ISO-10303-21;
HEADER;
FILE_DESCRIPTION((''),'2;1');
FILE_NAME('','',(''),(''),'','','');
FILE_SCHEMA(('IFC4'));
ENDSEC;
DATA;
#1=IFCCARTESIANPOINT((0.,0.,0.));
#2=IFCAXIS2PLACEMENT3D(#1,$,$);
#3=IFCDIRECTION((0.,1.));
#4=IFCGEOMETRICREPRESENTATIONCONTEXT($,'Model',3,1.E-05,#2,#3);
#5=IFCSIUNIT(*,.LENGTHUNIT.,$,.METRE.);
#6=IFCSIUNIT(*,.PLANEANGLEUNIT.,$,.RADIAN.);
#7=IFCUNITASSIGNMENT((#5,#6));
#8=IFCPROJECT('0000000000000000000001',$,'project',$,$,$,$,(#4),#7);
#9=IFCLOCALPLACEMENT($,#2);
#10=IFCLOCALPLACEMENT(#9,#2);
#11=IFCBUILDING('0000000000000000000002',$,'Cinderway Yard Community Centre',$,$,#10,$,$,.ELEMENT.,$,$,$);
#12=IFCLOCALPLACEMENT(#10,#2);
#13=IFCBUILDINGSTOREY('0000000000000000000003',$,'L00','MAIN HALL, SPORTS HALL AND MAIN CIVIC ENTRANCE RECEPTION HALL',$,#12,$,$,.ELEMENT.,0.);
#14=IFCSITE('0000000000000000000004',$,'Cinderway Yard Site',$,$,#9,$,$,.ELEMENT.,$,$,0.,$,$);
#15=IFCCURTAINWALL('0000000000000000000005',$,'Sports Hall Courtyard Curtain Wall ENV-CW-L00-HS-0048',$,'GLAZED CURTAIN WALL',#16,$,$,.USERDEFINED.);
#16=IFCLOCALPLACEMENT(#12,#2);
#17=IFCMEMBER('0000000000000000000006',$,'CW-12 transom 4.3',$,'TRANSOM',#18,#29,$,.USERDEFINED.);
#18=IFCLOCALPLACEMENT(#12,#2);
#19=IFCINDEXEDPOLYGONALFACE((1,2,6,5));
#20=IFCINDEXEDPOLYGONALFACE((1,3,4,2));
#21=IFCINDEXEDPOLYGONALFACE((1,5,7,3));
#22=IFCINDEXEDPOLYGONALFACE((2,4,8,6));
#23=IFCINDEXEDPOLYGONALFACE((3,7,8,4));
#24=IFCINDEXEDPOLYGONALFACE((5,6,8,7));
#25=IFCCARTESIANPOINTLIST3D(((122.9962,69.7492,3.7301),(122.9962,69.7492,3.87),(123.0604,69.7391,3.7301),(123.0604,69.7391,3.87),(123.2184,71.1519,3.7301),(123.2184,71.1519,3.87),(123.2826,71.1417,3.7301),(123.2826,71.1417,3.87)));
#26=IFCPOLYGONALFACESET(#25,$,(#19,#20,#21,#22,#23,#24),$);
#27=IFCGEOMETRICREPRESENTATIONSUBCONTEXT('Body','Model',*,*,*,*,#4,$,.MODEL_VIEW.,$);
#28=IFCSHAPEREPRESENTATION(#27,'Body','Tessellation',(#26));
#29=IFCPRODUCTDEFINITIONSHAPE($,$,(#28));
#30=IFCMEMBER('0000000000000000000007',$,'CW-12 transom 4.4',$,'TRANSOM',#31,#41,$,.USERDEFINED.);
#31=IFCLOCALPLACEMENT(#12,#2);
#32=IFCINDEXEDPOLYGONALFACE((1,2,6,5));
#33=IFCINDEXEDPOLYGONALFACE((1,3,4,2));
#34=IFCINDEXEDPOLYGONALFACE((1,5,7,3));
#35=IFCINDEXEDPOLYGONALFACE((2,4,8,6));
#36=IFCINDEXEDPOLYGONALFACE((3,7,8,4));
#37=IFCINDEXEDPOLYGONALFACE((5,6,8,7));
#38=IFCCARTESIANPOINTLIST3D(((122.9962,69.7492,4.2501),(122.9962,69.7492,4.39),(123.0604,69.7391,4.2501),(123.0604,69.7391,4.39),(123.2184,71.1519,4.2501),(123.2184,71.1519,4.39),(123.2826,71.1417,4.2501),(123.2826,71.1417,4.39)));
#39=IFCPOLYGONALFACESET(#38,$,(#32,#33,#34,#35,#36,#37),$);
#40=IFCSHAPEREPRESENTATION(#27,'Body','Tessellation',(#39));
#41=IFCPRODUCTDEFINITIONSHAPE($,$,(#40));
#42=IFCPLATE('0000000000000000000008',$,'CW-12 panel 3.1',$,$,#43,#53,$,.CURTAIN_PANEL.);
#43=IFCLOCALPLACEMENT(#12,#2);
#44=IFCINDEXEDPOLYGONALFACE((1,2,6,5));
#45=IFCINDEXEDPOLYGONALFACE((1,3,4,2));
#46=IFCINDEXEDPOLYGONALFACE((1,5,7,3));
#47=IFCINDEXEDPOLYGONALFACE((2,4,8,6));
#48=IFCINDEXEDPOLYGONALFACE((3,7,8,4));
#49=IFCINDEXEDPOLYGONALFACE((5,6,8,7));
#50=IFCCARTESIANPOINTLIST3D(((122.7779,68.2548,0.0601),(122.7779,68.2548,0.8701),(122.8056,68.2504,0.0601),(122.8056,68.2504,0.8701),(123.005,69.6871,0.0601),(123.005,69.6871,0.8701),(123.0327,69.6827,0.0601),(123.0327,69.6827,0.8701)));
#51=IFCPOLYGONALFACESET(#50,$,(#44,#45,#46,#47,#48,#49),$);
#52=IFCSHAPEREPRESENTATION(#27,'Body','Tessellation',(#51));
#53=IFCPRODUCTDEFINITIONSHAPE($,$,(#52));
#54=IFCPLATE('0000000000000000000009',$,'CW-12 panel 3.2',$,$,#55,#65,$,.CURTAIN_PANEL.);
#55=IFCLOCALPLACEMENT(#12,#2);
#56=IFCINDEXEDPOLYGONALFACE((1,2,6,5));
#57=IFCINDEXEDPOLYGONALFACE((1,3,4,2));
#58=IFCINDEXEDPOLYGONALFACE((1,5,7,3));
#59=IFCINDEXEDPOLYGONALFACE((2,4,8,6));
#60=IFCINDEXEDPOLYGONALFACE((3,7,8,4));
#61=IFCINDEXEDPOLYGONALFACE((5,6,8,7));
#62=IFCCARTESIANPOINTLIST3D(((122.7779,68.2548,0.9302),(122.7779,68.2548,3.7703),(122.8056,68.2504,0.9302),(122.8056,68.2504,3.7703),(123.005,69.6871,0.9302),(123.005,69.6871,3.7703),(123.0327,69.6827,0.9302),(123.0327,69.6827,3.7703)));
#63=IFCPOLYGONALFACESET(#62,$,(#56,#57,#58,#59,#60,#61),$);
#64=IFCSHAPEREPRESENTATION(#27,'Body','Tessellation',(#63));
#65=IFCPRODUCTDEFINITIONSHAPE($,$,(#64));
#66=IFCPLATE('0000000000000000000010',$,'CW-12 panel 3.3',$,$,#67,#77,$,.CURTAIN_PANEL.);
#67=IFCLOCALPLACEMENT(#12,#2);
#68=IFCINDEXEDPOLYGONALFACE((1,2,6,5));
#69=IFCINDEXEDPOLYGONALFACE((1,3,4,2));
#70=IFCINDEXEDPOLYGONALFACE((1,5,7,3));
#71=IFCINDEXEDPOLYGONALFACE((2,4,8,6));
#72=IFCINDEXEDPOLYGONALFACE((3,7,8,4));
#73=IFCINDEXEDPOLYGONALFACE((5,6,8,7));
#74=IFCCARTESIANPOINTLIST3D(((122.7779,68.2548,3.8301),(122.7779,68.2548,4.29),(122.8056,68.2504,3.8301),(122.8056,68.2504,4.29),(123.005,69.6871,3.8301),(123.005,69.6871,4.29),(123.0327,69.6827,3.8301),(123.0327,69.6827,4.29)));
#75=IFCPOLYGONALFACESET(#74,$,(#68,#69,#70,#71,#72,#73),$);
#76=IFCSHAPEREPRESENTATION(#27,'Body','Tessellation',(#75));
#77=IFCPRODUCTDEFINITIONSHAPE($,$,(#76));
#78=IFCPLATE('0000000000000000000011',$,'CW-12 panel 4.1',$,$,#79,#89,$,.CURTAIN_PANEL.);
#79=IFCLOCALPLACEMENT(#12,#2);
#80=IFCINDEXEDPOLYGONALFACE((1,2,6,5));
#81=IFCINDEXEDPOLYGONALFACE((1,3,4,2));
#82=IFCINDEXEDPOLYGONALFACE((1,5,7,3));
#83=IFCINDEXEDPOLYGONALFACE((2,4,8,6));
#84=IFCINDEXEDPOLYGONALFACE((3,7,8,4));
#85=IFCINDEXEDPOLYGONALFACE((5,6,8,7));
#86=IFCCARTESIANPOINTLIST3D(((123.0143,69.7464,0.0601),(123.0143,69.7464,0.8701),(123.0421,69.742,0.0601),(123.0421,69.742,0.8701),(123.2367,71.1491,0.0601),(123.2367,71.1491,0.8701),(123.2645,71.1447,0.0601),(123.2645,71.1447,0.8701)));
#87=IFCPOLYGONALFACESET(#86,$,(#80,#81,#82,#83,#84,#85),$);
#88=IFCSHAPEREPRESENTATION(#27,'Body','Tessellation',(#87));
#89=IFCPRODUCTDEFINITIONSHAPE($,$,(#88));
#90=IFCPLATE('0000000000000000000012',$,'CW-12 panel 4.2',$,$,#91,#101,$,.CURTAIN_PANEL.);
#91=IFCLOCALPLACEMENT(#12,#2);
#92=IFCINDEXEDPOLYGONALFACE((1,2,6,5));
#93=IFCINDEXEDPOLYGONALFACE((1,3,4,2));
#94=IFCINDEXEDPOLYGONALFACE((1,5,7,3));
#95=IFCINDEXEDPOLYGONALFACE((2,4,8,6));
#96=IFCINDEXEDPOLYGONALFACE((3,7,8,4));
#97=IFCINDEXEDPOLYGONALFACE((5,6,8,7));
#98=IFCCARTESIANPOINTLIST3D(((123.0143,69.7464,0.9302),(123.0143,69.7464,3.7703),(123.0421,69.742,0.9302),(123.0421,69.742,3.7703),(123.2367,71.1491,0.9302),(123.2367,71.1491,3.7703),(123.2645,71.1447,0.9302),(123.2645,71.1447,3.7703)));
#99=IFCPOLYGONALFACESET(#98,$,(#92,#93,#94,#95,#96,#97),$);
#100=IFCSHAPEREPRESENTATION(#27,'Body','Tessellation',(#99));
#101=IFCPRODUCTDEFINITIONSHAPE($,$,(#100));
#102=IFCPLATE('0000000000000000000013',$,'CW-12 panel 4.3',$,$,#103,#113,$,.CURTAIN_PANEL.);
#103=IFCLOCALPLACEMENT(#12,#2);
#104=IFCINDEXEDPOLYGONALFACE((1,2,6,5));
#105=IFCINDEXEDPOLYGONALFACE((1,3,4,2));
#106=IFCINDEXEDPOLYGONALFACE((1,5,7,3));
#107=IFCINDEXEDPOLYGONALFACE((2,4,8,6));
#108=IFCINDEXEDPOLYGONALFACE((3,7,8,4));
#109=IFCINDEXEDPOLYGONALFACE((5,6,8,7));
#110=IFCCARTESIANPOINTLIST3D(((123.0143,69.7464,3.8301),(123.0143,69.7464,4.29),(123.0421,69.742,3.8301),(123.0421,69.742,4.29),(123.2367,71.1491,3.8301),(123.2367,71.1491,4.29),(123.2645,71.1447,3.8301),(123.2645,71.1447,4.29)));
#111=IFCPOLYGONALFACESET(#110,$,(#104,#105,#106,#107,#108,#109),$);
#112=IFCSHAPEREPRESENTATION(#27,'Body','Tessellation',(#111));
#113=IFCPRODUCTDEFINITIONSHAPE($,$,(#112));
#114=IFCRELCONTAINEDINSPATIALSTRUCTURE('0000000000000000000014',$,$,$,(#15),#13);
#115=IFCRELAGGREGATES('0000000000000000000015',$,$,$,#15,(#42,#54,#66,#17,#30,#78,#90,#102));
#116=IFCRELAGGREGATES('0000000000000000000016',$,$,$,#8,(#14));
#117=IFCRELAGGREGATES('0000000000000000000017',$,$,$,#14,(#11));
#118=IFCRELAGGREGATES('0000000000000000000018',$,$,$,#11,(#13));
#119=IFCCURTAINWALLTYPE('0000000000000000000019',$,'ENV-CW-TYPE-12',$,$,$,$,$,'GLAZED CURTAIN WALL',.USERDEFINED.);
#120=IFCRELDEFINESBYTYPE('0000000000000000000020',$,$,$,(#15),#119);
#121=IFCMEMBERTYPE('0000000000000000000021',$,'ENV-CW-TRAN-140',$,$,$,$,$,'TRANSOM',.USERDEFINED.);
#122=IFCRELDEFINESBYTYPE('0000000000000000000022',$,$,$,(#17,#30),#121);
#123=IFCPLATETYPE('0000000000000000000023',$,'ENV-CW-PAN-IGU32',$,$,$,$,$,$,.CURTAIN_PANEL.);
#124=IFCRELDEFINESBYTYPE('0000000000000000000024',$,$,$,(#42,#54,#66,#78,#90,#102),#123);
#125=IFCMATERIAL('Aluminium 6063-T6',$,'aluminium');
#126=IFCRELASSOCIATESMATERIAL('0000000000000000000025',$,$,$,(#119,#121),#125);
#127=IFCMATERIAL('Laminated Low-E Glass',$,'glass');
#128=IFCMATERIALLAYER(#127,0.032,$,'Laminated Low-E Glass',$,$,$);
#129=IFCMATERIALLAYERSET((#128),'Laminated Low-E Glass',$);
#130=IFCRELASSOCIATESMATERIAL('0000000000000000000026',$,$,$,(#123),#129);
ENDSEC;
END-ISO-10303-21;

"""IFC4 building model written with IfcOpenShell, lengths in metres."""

from ifc_helpers import new_model, si_unit, direction, frame, origin, origin_2d, place, context, subcontext, project, spatial, rectangle, extrude, material, layer, layer_set, material_profile, profile_set, type_object, element, aggregate, save


model = new_model("IFC4")

# Units and contexts
model_context = context("Model", 3, precision=1e-05, world=origin(), true_north=direction((0.0, 1.0)))
body_context = subcontext(model_context, "Body", "Model", "MODEL_VIEW")
ifc_project = project(units=[si_unit("LENGTHUNIT", "METRE"), si_unit("PLANEANGLEUNIT", "RADIAN")], contexts=[model_context])

# Site, building, storey
site_placement = place(None, origin())
site = spatial("IfcSite", under=ifc_project, at=site_placement, Name="Cinderway Yard Site", CompositionType="ELEMENT", RefElevation=0.0)
building_placement = place(site_placement, origin())
building = spatial("IfcBuilding", under=site, at=building_placement, Name="Cinderway Yard Community Centre", CompositionType="ELEMENT")
storey_placement = place(building_placement, origin())
storey = spatial("IfcBuildingStorey", under=building, at=storey_placement, Name="L00", Description="MAIN HALL, SPORTS HALL AND MAIN CIVIC ENTRANCE RECEPTION HALL", CompositionType="ELEMENT", Elevation=0.0)

# Curtain wall, members, plates
ifc_material_1 = material(Name="Aluminium 6063-T6", Category="aluminium")
curtain_wall_type = type_object("IfcCurtainWallType", Name="ENV-CW-TYPE-12", ElementType="GLAZED CURTAIN WALL", PredefinedType="USERDEFINED", material=ifc_material_1)
curtain_wall_placement = place(storey_placement, origin())
curtain_wall = element("IfcCurtainWall", 1, at=curtain_wall_placement, inside=storey, type_object=curtain_wall_type, Name="Sports Hall Courtyard Curtain Wall ENV-CW-L00-HS-0048", ObjectType="GLAZED CURTAIN WALL", PredefinedType="USERDEFINED")
ifc_material_profile_1 = material_profile(ifc_material_1, rectangle(XDim=0.0649, YDim=0.1399, at=origin_2d()), Name="Aluminium 6063-T6")
ifc_profile_set_1 = profile_set([ifc_material_profile_1], Name="Aluminium 6063-T6")
member_type_1 = type_object("IfcMemberType", Name="ENV-CW-TRAN-140", ElementType="TRANSOM", PredefinedType="USERDEFINED", material=ifc_profile_set_1)
member_1_placement = place(storey_placement, frame((123.0283, 69.7441, 3.8), z_axis=(0.156448, 0.987686, 0.0), x_axis=(-0.987686, 0.156448, 0.0)))
member_1 = element("IfcMember", 2, at=member_1_placement, type_object=member_type_1, Name="CW-12 transom 4.3", ObjectType="TRANSOM", PredefinedType="USERDEFINED", context=body_context, shape_type="SweptSolid", body=[
    extrude(rectangle(XDim=0.0649, YDim=0.1399, at=origin_2d()), origin(), (0.0, 0.0, 1.0), 1.4202),
])
member_2_placement = place(storey_placement, frame((123.0283, 69.7441, 4.3201), z_axis=(0.156448, 0.987686, 0.0), x_axis=(-0.987686, 0.156448, 0.0)))
member_2 = element("IfcMember", 3, at=member_2_placement, type_object=member_type_1, Name="CW-12 transom 4.4", ObjectType="TRANSOM", PredefinedType="USERDEFINED", context=body_context, shape_type="SweptSolid", body=[
    extrude(rectangle(XDim=0.0649, YDim=0.1399, at=origin_2d()), origin(), (0.0, 0.0, 1.0), 1.4202),
])
ifc_material_2 = material(Name="Laminated Low-E Glass", Category="glass")
ifc_layer = layer(ifc_material_2, 0.032, Name="Laminated Low-E Glass")
ifc_layer_set = layer_set([ifc_layer], Name="Laminated Low-E Glass")
plate_type = type_object("IfcPlateType", Name="ENV-CW-PAN-IGU32", PredefinedType="CURTAIN_PANEL", material=ifc_layer_set)
plate_1_placement = place(storey_placement, frame((122.9053, 68.9688, 0.0601), z_axis=(0.0, 0.0, 1.0), x_axis=(0.156609, 0.987661, 0.0)))
plate_1 = element("IfcPlate", 4, at=plate_1_placement, type_object=plate_type, Name="CW-12 panel 3.1", PredefinedType="CURTAIN_PANEL", context=body_context, shape_type="SweptSolid", body=[
    extrude(rectangle(XDim=1.4502, YDim=0.0281, at=origin_2d()), origin(), (0.0, 0.0, 1.0), 0.8101),
])
plate_2_placement = place(storey_placement, frame((122.9053, 68.9688, 0.9302), z_axis=(0.0, 0.0, 1.0), x_axis=(0.156609, 0.987661, 0.0)))
plate_2 = element("IfcPlate", 5, at=plate_2_placement, type_object=plate_type, Name="CW-12 panel 3.2", PredefinedType="CURTAIN_PANEL", context=body_context, shape_type="SweptSolid", body=[
    extrude(rectangle(XDim=1.4502, YDim=0.0281, at=origin_2d()), origin(), (0.0, 0.0, 1.0), 2.8401),
])
plate_3_placement = place(storey_placement, frame((122.9053, 68.9688, 3.8301), z_axis=(0.0, 0.0, 1.0), x_axis=(0.156609, 0.987661, 0.0)))
plate_3 = element("IfcPlate", 6, at=plate_3_placement, type_object=plate_type, Name="CW-12 panel 3.3", PredefinedType="CURTAIN_PANEL", context=body_context, shape_type="SweptSolid", body=[
    extrude(rectangle(XDim=1.4502, YDim=0.0281, at=origin_2d()), origin(), (0.0, 0.0, 1.0), 0.46),
])
plate_4_placement = place(storey_placement, frame((123.1394, 70.4456, 0.0601), z_axis=(0.0, 0.0, 1.0), x_axis=(0.156609, 0.987661, 0.0)))
plate_4 = element("IfcPlate", 7, at=plate_4_placement, type_object=plate_type, Name="CW-12 panel 4.1", PredefinedType="CURTAIN_PANEL", context=body_context, shape_type="SweptSolid", body=[
    extrude(rectangle(XDim=1.4202, YDim=0.0281, at=origin_2d()), origin(), (0.0, 0.0, 1.0), 0.8101),
])
plate_5_placement = place(storey_placement, frame((123.1394, 70.4456, 0.9302), z_axis=(0.0, 0.0, 1.0), x_axis=(0.156609, 0.987661, 0.0)))
plate_5 = element("IfcPlate", 8, at=plate_5_placement, type_object=plate_type, Name="CW-12 panel 4.2", PredefinedType="CURTAIN_PANEL", context=body_context, shape_type="SweptSolid", body=[
    extrude(rectangle(XDim=1.4202, YDim=0.0281, at=origin_2d()), origin(), (0.0, 0.0, 1.0), 2.8401),
])
plate_6_placement = place(storey_placement, frame((123.1394, 70.4456, 3.8301), z_axis=(0.0, 0.0, 1.0), x_axis=(0.156609, 0.987661, 0.0)))
plate_6 = element("IfcPlate", 9, at=plate_6_placement, type_object=plate_type, Name="CW-12 panel 4.3", PredefinedType="CURTAIN_PANEL", context=body_context, shape_type="SweptSolid", body=[
    extrude(rectangle(XDim=1.4202, YDim=0.0281, at=origin_2d()), origin(), (0.0, 0.0, 1.0), 0.46),
])
aggregate(curtain_wall, [plate_1, plate_2, plate_3, member_1, member_2, plate_4, plate_5, plate_6])

save(model, "model.ifc")
